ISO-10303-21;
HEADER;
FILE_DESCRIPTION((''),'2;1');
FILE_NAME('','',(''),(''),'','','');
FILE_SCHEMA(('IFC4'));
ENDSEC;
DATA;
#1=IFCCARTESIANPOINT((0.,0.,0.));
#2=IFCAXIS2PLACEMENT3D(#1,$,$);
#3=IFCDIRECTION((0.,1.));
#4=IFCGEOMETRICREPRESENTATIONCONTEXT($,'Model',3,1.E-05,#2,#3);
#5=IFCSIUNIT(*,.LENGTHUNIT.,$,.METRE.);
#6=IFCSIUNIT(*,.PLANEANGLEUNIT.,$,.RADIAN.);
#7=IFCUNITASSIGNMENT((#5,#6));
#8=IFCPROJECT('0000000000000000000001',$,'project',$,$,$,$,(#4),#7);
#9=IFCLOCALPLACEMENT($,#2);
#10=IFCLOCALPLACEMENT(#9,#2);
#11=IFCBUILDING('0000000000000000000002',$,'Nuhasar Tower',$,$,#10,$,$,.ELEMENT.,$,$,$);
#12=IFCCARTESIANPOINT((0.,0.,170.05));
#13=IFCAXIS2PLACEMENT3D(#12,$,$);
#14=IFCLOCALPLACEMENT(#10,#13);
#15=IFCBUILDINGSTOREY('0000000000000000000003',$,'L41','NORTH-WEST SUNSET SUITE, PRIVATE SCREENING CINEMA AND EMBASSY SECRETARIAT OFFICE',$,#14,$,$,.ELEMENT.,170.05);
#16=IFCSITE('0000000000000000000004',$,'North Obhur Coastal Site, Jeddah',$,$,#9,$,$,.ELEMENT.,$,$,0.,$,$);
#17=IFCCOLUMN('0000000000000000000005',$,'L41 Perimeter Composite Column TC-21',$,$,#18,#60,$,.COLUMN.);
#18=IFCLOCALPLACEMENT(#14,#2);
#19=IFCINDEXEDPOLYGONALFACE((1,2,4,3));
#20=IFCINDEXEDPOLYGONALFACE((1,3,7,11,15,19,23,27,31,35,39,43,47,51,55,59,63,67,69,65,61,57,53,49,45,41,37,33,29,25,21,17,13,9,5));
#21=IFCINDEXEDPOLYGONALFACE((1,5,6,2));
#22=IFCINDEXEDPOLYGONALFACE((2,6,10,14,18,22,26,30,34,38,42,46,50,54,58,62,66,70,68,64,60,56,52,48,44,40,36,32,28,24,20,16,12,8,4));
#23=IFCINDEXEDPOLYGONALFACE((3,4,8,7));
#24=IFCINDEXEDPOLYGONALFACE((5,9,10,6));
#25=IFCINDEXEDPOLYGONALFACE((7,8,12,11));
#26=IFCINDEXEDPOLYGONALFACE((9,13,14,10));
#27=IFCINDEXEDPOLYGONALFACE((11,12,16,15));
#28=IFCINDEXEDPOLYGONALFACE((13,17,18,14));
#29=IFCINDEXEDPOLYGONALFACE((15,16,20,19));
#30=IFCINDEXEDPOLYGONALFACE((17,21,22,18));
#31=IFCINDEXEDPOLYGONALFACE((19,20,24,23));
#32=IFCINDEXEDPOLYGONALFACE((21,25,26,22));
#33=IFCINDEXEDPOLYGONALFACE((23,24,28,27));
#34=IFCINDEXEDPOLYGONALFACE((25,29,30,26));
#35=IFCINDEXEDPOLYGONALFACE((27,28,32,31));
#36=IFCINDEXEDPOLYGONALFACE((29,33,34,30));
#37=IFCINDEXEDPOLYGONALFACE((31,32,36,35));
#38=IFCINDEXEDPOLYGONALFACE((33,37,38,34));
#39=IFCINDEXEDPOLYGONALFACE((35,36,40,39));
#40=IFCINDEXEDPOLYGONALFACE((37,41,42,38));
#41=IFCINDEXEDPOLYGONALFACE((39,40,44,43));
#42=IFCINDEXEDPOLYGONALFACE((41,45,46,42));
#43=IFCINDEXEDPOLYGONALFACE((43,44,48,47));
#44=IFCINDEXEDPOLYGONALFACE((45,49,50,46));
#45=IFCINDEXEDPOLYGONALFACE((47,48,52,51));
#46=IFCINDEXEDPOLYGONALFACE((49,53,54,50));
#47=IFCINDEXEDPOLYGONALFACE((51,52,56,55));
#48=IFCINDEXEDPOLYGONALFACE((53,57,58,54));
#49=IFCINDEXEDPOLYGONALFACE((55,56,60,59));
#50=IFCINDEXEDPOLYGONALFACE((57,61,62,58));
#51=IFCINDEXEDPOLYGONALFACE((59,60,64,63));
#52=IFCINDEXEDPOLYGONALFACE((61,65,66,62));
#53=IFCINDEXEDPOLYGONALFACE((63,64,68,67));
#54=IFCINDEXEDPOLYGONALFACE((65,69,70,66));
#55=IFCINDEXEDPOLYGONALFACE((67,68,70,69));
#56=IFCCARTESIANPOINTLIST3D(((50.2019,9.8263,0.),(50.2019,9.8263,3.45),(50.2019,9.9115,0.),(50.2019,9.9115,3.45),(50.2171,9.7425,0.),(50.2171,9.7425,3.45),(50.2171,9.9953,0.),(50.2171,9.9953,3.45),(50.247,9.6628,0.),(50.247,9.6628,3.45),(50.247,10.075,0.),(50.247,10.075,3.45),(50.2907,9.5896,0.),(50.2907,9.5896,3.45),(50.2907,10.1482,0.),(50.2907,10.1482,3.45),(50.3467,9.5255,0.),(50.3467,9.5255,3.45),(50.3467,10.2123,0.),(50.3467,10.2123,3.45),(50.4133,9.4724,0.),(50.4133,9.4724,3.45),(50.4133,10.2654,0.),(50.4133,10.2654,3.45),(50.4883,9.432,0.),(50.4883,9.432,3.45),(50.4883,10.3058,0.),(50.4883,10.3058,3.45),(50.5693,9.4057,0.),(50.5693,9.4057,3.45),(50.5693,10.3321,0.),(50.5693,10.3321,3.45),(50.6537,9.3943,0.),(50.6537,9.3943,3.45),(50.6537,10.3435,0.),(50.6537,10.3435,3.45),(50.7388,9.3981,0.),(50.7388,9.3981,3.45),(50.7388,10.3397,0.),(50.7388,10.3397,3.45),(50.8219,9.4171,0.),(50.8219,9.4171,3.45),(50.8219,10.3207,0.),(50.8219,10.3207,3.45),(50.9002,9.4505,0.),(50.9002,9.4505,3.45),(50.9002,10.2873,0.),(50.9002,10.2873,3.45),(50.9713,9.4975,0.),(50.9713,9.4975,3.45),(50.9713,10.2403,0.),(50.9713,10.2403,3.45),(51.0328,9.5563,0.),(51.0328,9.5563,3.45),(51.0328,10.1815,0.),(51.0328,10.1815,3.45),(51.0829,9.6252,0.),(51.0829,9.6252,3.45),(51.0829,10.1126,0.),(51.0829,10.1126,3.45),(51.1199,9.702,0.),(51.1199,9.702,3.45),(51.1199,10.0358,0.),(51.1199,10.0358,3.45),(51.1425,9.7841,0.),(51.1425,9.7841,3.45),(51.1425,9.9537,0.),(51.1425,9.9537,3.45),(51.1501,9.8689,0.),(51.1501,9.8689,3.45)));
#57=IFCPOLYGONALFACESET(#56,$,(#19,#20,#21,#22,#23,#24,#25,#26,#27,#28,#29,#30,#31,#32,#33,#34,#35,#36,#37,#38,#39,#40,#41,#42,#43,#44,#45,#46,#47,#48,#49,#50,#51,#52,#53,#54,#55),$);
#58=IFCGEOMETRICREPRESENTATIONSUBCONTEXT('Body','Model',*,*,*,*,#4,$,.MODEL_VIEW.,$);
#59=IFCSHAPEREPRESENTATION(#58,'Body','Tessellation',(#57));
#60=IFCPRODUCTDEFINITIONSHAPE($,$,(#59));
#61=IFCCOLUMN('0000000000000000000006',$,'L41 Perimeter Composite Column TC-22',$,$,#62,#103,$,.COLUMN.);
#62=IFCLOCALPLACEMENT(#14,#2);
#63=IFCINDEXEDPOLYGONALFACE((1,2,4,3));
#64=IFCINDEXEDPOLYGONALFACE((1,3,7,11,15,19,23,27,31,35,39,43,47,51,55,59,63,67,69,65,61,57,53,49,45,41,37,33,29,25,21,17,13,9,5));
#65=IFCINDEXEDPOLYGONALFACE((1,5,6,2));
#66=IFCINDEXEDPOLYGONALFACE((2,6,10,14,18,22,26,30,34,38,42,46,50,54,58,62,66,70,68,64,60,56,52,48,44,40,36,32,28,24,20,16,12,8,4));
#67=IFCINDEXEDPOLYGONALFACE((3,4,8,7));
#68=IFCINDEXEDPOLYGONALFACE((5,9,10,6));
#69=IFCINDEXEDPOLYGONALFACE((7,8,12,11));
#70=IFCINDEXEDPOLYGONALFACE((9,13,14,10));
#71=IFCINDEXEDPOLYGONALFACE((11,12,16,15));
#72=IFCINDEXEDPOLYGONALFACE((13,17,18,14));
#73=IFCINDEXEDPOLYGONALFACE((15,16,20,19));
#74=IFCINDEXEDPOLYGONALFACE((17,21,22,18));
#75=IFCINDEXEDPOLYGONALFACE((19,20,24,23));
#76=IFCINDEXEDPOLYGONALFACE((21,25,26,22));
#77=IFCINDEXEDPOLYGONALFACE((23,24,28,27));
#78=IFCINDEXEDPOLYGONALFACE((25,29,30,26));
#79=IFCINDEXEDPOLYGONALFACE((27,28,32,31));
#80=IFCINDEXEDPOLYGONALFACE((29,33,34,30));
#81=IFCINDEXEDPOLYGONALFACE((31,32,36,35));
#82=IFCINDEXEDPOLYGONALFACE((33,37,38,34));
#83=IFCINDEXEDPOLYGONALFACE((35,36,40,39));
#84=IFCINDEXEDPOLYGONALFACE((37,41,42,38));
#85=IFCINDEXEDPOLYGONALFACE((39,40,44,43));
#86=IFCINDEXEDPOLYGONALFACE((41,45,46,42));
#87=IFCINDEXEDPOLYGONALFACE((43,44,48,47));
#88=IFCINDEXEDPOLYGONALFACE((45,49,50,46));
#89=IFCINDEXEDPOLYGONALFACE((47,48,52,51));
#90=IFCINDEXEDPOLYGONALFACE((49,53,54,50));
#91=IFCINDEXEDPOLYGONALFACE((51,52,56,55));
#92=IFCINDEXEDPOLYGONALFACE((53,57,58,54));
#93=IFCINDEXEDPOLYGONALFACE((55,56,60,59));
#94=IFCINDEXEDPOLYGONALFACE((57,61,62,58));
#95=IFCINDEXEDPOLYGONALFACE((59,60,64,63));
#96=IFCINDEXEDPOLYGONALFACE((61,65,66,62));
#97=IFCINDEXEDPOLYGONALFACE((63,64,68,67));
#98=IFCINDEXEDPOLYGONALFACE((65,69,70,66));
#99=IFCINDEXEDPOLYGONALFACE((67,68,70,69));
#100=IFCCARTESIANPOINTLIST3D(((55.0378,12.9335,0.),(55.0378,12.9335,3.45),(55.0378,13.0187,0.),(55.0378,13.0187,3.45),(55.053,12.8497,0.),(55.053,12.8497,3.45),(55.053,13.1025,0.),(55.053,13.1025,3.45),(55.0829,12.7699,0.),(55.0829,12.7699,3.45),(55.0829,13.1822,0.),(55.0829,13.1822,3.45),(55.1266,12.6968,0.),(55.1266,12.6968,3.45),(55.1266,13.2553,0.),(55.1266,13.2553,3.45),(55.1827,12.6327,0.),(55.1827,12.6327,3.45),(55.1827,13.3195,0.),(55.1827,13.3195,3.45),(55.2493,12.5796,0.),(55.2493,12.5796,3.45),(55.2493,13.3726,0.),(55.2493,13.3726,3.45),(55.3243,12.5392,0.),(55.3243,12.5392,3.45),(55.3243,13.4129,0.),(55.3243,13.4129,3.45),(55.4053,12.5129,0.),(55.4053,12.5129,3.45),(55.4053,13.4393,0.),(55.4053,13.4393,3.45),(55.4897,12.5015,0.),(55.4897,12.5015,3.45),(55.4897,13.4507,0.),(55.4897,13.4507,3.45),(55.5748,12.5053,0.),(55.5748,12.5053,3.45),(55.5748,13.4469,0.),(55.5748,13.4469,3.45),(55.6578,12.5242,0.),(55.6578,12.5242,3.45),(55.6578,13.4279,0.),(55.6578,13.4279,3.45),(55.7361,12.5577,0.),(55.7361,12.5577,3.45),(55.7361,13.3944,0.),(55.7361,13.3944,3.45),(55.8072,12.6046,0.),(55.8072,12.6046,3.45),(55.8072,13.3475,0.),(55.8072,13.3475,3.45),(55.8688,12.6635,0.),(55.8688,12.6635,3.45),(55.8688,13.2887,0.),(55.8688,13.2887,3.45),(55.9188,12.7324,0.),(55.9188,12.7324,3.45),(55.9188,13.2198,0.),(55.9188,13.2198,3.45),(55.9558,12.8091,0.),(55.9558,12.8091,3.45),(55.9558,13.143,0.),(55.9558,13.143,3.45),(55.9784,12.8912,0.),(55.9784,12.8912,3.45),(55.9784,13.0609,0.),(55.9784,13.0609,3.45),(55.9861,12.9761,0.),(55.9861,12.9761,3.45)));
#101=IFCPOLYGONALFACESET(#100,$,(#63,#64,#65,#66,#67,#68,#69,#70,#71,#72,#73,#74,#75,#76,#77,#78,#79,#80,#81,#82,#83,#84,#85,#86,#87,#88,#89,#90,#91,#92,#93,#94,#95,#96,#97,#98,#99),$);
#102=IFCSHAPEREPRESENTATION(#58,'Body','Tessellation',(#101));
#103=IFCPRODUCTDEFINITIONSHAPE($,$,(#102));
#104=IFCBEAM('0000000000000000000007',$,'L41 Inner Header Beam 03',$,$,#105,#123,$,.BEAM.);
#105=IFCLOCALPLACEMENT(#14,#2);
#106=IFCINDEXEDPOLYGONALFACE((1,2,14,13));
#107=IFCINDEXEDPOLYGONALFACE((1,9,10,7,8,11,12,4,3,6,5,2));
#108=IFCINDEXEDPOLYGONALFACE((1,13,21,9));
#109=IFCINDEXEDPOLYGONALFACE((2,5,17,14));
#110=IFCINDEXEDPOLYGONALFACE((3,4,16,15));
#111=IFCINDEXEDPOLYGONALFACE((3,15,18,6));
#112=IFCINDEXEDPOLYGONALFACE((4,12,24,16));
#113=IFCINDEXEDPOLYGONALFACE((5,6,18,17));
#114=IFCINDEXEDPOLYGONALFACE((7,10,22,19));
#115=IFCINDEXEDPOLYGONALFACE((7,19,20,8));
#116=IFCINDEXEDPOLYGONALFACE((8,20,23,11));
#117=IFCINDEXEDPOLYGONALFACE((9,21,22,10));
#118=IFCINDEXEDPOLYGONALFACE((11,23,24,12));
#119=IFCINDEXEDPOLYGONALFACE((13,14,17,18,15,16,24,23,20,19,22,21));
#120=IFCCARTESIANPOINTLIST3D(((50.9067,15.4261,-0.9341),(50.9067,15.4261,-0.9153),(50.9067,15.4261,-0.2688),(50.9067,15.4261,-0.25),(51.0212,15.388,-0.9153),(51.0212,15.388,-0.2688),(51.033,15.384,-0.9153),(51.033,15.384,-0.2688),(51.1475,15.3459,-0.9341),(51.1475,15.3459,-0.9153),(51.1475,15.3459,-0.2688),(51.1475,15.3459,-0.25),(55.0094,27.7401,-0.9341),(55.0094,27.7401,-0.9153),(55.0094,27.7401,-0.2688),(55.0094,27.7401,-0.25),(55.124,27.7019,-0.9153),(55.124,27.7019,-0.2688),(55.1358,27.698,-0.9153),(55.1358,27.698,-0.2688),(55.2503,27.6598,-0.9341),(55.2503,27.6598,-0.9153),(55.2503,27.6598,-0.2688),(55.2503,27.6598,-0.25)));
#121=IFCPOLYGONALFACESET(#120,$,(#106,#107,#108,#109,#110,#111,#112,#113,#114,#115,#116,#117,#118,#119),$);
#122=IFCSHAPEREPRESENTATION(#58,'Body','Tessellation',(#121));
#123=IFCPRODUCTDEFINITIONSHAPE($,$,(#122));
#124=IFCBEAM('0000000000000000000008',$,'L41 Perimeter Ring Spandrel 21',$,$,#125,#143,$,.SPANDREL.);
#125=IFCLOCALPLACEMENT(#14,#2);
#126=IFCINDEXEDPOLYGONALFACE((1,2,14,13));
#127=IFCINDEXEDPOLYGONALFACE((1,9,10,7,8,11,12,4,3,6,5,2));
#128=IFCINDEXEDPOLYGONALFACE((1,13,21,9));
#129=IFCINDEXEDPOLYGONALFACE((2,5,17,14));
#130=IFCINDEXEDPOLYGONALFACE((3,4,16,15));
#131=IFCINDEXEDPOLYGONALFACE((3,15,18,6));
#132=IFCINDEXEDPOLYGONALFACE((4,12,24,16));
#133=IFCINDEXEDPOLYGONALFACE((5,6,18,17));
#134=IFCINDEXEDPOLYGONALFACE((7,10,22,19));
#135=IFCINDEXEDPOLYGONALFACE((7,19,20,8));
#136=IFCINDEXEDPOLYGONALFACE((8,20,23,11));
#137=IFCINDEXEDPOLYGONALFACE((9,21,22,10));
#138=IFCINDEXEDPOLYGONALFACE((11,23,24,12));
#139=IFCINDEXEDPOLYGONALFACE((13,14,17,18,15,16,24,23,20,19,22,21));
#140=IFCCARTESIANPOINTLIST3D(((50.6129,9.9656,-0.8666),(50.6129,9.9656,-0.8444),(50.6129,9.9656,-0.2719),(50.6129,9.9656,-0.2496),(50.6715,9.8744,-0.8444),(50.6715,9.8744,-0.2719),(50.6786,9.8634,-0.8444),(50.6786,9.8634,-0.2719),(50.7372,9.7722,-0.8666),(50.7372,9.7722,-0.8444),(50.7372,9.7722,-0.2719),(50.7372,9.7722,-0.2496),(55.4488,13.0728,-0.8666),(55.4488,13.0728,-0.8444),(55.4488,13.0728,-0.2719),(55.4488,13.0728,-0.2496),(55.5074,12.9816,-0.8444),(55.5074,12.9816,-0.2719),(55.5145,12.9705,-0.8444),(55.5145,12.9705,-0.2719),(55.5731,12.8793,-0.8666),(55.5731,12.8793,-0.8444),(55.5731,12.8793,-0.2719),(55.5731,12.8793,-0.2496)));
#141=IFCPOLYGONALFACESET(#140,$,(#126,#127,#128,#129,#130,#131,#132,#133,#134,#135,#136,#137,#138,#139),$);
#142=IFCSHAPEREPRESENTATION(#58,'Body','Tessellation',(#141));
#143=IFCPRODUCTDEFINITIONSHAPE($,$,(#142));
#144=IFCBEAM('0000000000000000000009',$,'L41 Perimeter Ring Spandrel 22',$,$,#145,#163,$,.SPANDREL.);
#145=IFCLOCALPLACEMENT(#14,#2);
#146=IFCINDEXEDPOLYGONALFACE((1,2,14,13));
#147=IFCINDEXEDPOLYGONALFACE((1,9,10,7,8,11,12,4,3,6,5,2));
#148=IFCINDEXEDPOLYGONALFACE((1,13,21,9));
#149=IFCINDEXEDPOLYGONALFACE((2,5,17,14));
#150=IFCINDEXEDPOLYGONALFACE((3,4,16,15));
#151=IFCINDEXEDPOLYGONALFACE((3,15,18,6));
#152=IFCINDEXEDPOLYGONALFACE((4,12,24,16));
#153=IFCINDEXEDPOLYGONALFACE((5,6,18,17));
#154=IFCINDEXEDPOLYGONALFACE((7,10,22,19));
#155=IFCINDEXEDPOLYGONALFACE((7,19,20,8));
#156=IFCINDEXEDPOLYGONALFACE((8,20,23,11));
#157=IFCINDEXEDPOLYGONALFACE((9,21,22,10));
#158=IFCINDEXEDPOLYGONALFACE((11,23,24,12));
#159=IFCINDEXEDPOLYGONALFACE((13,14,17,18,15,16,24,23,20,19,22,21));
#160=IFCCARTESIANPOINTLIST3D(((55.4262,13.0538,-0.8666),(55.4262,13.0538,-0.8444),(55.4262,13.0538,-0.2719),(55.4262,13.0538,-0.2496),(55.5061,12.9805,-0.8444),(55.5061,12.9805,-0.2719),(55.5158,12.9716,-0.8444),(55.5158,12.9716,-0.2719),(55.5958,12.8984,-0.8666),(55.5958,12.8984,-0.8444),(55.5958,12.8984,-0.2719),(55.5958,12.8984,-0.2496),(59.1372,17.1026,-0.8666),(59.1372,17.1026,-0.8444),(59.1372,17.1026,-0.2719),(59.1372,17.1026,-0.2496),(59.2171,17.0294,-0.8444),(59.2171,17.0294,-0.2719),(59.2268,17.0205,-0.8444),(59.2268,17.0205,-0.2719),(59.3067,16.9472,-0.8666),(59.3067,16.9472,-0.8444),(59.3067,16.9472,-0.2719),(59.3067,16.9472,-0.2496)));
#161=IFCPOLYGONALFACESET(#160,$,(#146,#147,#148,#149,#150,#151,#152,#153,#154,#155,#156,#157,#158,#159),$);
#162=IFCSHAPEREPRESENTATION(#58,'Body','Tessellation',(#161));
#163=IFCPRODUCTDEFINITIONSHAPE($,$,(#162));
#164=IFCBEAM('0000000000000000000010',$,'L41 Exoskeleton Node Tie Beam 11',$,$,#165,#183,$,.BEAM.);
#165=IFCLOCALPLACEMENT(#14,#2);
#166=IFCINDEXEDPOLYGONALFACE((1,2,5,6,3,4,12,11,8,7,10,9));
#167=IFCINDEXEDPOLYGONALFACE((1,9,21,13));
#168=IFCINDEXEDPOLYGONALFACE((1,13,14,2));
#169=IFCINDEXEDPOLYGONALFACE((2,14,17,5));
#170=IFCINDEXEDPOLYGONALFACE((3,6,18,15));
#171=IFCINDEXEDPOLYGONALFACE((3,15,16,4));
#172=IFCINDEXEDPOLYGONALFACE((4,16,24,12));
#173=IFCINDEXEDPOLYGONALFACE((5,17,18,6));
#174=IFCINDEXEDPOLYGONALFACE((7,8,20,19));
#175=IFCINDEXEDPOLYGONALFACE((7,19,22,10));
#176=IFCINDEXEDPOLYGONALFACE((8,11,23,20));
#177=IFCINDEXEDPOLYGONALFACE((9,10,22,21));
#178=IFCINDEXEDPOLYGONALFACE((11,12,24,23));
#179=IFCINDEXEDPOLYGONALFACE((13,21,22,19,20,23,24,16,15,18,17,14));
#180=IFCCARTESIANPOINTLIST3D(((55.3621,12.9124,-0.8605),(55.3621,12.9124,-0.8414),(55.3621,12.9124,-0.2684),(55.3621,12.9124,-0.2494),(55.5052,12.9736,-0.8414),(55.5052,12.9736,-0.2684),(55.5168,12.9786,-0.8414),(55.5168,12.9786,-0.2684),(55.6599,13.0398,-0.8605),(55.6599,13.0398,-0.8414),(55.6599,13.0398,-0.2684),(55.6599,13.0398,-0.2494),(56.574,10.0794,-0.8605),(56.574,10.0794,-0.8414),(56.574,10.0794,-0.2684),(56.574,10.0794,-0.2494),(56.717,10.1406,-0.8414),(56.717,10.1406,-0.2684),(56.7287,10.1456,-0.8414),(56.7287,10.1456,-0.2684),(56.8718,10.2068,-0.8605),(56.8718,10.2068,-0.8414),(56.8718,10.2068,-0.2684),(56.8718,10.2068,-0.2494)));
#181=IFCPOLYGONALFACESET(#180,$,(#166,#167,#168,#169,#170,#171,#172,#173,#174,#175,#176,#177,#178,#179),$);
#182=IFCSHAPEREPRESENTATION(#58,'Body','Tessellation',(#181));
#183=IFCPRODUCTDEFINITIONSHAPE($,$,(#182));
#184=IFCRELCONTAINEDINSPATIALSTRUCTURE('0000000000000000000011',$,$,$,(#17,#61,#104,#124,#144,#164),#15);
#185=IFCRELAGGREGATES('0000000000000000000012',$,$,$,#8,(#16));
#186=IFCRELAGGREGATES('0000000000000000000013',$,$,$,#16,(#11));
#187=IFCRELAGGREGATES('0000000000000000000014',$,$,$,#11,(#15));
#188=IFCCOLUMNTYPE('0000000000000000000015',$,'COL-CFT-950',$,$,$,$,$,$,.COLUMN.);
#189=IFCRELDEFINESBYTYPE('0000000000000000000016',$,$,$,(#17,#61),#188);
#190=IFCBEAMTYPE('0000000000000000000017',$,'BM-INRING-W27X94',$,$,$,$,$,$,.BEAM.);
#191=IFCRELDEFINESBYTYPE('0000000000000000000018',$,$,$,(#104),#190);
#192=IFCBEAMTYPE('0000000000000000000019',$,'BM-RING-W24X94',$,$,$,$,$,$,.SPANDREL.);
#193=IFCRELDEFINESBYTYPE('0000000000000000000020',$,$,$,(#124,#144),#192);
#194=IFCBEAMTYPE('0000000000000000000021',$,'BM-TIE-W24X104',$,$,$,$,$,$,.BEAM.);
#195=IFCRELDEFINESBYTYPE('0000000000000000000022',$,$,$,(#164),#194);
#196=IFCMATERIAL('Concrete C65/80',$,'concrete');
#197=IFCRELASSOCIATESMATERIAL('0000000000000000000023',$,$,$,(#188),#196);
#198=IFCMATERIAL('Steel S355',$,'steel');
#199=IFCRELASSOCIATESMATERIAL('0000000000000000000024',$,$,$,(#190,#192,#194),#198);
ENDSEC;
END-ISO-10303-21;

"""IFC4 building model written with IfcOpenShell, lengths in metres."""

from ifc_helpers import new_model, si_unit, direction, frame, origin, origin_2d, place, context, subcontext, project, spatial, circle, i_section, extrude, material, material_profile, profile_set, type_object, element, save


model = new_model("IFC4")

# Units and contexts
model_context = context("Model", 3, precision=1e-05, world=origin(), true_north=direction((0.0, 1.0)))
body_context = subcontext(model_context, "Body", "Model", "MODEL_VIEW")
ifc_project = project(units=[si_unit("LENGTHUNIT", "METRE"), si_unit("PLANEANGLEUNIT", "RADIAN")], contexts=[model_context])

# Site, building, storey
site_placement = place(None, origin())
site = spatial("IfcSite", under=ifc_project, at=site_placement, Name="North Obhur Coastal Site, Jeddah", CompositionType="ELEMENT", RefElevation=0.0)
building_placement = place(site_placement, origin())
building = spatial("IfcBuilding", under=site, at=building_placement, Name="Nuhasar Tower", CompositionType="ELEMENT")
storey_placement = place(building_placement, frame((0.0, 0.0, 170.05)))
storey = spatial("IfcBuildingStorey", under=building, at=storey_placement, Name="L41", Description="NORTH-WEST SUNSET SUITE, PRIVATE SCREENING CINEMA AND EMBASSY SECRETARIAT OFFICE", CompositionType="ELEMENT", Elevation=170.05)

# Columns
ifc_material_1 = material(Name="Concrete C65/80", Category="concrete")
ifc_material_profile_1 = material_profile(ifc_material_1, circle(Radius=0.4751, at=origin_2d()), Name="CFT950")
ifc_profile_set_1 = profile_set([ifc_material_profile_1], Name="Concrete C65/80")
column_type = type_object("IfcColumnType", Name="COL-CFT-950", PredefinedType="COLUMN", material=ifc_profile_set_1)
for number, where, z_axis, x_axis, name in (
    (1, (50.675, 9.8689, 0.0), (0.0, 0.0, 1.0), (1.0, 0.0, 0.0), "L41 Perimeter Composite Column TC-21"),
    (2, (55.511, 12.9761, 0.0), (0.0, 0.0, 1.0), (1.0, 0.0, 0.0), "L41 Perimeter Composite Column TC-22"),
):
    element("IfcColumn", number, at=place(storey_placement, frame(where, z_axis=z_axis, x_axis=x_axis)), inside=storey, type_object=column_type, Name=name, PredefinedType="COLUMN", context=body_context, shape_type="SweptSolid", body=[
        extrude(circle(Radius=0.4751, at=origin_2d()), origin(), (0.0, 0.0, 1.0), 3.45),
    ])

# Beams
ifc_material_2 = material(Name="Steel S355", Category="steel")
ifc_material_profile_2 = material_profile(ifc_material_2, i_section(OverallWidth=0.2539, OverallDepth=0.6841, WebThickness=0.0125, FlangeThickness=0.0188, at=origin_2d()), Name="W27X94")
ifc_profile_set_2 = profile_set([ifc_material_profile_2], Name="Steel S355")
beam_type_1 = type_object("IfcBeamType", Name="BM-INRING-W27X94", PredefinedType="BEAM", material=ifc_profile_set_2)
beam_1_placement = place(storey_placement, frame((51.0271, 15.386, -0.592), z_axis=(0.316098, 0.948727, 0.0), x_axis=(-0.948727, 0.316098, 0.0)))
element("IfcBeam", 3, at=beam_1_placement, inside=storey, type_object=beam_type_1, Name="L41 Inner Header Beam 03", PredefinedType="BEAM", context=body_context, shape_type="SweptSolid", body=[
    extrude(i_section(OverallWidth=0.2539, OverallDepth=0.6841, WebThickness=0.0125, FlangeThickness=0.0188, at=origin_2d()), origin(), (0.0, 0.0, 1.0), 12.9795),
])
ifc_material_profile_3 = material_profile(ifc_material_2, i_section(OverallWidth=0.23, OverallDepth=0.6169, WebThickness=0.0132, FlangeThickness=0.0222, at=origin_2d()), Name="W24X94")
ifc_profile_set_3 = profile_set([ifc_material_profile_3], Name="Steel S355")
beam_type_2 = type_object("IfcBeamType", Name="BM-RING-W24X94", PredefinedType="SPANDREL", material=ifc_profile_set_3)
beam_2_placement = place(storey_placement, frame((50.675, 9.8689, -0.5581), z_axis=(0.841308, 0.540556, 0.0), x_axis=(-0.540556, 0.841308, 0.0)))
element("IfcBeam", 4, at=beam_2_placement, inside=storey, type_object=beam_type_2, Name="L41 Perimeter Ring Spandrel 21", PredefinedType="SPANDREL", context=body_context, shape_type="SweptSolid", body=[
    extrude(i_section(OverallWidth=0.23, OverallDepth=0.6169, WebThickness=0.0132, FlangeThickness=0.0222, at=origin_2d()), origin(), (0.0, 0.0, 1.0), 5.748),
])
beam_3_placement = place(storey_placement, frame((55.511, 12.9761, -0.5581), z_axis=(0.675676, 0.737198, 0.0), x_axis=(-0.737198, 0.675676, 0.0)))
element("IfcBeam", 5, at=beam_3_placement, inside=storey, type_object=beam_type_2, Name="L41 Perimeter Ring Spandrel 22", PredefinedType="SPANDREL", context=body_context, shape_type="SweptSolid", body=[
    extrude(i_section(OverallWidth=0.23, OverallDepth=0.6169, WebThickness=0.0132, FlangeThickness=0.0222, at=origin_2d()), origin(), (0.0, 0.0, 1.0), 5.4922),
])
ifc_material_profile_4 = material_profile(ifc_material_2, i_section(OverallWidth=0.324, OverallDepth=0.6111, WebThickness=0.0127, FlangeThickness=0.019, at=origin_2d()), Name="W24X104")
ifc_profile_set_4 = profile_set([ifc_material_profile_4], Name="Steel S355")
beam_type_3 = type_object("IfcBeamType", Name="BM-TIE-W24X104", PredefinedType="BEAM", material=ifc_profile_set_4)
beam_4_placement = place(storey_placement, frame((55.511, 12.9761, -0.5549), z_axis=(0.393307, -0.919407, 0.0), x_axis=(0.919407, 0.393307, 0.0)))
element("IfcBeam", 6, at=beam_4_placement, inside=storey, type_object=beam_type_3, Name="L41 Exoskeleton Node Tie Beam 11", PredefinedType="BEAM", context=body_context, shape_type="SweptSolid", body=[
    extrude(i_section(OverallWidth=0.324, OverallDepth=0.6111, WebThickness=0.0127, FlangeThickness=0.019, at=origin_2d()), origin(), (0.0, 0.0, 1.0), 3.0813),
])

save(model, "model.ifc")
